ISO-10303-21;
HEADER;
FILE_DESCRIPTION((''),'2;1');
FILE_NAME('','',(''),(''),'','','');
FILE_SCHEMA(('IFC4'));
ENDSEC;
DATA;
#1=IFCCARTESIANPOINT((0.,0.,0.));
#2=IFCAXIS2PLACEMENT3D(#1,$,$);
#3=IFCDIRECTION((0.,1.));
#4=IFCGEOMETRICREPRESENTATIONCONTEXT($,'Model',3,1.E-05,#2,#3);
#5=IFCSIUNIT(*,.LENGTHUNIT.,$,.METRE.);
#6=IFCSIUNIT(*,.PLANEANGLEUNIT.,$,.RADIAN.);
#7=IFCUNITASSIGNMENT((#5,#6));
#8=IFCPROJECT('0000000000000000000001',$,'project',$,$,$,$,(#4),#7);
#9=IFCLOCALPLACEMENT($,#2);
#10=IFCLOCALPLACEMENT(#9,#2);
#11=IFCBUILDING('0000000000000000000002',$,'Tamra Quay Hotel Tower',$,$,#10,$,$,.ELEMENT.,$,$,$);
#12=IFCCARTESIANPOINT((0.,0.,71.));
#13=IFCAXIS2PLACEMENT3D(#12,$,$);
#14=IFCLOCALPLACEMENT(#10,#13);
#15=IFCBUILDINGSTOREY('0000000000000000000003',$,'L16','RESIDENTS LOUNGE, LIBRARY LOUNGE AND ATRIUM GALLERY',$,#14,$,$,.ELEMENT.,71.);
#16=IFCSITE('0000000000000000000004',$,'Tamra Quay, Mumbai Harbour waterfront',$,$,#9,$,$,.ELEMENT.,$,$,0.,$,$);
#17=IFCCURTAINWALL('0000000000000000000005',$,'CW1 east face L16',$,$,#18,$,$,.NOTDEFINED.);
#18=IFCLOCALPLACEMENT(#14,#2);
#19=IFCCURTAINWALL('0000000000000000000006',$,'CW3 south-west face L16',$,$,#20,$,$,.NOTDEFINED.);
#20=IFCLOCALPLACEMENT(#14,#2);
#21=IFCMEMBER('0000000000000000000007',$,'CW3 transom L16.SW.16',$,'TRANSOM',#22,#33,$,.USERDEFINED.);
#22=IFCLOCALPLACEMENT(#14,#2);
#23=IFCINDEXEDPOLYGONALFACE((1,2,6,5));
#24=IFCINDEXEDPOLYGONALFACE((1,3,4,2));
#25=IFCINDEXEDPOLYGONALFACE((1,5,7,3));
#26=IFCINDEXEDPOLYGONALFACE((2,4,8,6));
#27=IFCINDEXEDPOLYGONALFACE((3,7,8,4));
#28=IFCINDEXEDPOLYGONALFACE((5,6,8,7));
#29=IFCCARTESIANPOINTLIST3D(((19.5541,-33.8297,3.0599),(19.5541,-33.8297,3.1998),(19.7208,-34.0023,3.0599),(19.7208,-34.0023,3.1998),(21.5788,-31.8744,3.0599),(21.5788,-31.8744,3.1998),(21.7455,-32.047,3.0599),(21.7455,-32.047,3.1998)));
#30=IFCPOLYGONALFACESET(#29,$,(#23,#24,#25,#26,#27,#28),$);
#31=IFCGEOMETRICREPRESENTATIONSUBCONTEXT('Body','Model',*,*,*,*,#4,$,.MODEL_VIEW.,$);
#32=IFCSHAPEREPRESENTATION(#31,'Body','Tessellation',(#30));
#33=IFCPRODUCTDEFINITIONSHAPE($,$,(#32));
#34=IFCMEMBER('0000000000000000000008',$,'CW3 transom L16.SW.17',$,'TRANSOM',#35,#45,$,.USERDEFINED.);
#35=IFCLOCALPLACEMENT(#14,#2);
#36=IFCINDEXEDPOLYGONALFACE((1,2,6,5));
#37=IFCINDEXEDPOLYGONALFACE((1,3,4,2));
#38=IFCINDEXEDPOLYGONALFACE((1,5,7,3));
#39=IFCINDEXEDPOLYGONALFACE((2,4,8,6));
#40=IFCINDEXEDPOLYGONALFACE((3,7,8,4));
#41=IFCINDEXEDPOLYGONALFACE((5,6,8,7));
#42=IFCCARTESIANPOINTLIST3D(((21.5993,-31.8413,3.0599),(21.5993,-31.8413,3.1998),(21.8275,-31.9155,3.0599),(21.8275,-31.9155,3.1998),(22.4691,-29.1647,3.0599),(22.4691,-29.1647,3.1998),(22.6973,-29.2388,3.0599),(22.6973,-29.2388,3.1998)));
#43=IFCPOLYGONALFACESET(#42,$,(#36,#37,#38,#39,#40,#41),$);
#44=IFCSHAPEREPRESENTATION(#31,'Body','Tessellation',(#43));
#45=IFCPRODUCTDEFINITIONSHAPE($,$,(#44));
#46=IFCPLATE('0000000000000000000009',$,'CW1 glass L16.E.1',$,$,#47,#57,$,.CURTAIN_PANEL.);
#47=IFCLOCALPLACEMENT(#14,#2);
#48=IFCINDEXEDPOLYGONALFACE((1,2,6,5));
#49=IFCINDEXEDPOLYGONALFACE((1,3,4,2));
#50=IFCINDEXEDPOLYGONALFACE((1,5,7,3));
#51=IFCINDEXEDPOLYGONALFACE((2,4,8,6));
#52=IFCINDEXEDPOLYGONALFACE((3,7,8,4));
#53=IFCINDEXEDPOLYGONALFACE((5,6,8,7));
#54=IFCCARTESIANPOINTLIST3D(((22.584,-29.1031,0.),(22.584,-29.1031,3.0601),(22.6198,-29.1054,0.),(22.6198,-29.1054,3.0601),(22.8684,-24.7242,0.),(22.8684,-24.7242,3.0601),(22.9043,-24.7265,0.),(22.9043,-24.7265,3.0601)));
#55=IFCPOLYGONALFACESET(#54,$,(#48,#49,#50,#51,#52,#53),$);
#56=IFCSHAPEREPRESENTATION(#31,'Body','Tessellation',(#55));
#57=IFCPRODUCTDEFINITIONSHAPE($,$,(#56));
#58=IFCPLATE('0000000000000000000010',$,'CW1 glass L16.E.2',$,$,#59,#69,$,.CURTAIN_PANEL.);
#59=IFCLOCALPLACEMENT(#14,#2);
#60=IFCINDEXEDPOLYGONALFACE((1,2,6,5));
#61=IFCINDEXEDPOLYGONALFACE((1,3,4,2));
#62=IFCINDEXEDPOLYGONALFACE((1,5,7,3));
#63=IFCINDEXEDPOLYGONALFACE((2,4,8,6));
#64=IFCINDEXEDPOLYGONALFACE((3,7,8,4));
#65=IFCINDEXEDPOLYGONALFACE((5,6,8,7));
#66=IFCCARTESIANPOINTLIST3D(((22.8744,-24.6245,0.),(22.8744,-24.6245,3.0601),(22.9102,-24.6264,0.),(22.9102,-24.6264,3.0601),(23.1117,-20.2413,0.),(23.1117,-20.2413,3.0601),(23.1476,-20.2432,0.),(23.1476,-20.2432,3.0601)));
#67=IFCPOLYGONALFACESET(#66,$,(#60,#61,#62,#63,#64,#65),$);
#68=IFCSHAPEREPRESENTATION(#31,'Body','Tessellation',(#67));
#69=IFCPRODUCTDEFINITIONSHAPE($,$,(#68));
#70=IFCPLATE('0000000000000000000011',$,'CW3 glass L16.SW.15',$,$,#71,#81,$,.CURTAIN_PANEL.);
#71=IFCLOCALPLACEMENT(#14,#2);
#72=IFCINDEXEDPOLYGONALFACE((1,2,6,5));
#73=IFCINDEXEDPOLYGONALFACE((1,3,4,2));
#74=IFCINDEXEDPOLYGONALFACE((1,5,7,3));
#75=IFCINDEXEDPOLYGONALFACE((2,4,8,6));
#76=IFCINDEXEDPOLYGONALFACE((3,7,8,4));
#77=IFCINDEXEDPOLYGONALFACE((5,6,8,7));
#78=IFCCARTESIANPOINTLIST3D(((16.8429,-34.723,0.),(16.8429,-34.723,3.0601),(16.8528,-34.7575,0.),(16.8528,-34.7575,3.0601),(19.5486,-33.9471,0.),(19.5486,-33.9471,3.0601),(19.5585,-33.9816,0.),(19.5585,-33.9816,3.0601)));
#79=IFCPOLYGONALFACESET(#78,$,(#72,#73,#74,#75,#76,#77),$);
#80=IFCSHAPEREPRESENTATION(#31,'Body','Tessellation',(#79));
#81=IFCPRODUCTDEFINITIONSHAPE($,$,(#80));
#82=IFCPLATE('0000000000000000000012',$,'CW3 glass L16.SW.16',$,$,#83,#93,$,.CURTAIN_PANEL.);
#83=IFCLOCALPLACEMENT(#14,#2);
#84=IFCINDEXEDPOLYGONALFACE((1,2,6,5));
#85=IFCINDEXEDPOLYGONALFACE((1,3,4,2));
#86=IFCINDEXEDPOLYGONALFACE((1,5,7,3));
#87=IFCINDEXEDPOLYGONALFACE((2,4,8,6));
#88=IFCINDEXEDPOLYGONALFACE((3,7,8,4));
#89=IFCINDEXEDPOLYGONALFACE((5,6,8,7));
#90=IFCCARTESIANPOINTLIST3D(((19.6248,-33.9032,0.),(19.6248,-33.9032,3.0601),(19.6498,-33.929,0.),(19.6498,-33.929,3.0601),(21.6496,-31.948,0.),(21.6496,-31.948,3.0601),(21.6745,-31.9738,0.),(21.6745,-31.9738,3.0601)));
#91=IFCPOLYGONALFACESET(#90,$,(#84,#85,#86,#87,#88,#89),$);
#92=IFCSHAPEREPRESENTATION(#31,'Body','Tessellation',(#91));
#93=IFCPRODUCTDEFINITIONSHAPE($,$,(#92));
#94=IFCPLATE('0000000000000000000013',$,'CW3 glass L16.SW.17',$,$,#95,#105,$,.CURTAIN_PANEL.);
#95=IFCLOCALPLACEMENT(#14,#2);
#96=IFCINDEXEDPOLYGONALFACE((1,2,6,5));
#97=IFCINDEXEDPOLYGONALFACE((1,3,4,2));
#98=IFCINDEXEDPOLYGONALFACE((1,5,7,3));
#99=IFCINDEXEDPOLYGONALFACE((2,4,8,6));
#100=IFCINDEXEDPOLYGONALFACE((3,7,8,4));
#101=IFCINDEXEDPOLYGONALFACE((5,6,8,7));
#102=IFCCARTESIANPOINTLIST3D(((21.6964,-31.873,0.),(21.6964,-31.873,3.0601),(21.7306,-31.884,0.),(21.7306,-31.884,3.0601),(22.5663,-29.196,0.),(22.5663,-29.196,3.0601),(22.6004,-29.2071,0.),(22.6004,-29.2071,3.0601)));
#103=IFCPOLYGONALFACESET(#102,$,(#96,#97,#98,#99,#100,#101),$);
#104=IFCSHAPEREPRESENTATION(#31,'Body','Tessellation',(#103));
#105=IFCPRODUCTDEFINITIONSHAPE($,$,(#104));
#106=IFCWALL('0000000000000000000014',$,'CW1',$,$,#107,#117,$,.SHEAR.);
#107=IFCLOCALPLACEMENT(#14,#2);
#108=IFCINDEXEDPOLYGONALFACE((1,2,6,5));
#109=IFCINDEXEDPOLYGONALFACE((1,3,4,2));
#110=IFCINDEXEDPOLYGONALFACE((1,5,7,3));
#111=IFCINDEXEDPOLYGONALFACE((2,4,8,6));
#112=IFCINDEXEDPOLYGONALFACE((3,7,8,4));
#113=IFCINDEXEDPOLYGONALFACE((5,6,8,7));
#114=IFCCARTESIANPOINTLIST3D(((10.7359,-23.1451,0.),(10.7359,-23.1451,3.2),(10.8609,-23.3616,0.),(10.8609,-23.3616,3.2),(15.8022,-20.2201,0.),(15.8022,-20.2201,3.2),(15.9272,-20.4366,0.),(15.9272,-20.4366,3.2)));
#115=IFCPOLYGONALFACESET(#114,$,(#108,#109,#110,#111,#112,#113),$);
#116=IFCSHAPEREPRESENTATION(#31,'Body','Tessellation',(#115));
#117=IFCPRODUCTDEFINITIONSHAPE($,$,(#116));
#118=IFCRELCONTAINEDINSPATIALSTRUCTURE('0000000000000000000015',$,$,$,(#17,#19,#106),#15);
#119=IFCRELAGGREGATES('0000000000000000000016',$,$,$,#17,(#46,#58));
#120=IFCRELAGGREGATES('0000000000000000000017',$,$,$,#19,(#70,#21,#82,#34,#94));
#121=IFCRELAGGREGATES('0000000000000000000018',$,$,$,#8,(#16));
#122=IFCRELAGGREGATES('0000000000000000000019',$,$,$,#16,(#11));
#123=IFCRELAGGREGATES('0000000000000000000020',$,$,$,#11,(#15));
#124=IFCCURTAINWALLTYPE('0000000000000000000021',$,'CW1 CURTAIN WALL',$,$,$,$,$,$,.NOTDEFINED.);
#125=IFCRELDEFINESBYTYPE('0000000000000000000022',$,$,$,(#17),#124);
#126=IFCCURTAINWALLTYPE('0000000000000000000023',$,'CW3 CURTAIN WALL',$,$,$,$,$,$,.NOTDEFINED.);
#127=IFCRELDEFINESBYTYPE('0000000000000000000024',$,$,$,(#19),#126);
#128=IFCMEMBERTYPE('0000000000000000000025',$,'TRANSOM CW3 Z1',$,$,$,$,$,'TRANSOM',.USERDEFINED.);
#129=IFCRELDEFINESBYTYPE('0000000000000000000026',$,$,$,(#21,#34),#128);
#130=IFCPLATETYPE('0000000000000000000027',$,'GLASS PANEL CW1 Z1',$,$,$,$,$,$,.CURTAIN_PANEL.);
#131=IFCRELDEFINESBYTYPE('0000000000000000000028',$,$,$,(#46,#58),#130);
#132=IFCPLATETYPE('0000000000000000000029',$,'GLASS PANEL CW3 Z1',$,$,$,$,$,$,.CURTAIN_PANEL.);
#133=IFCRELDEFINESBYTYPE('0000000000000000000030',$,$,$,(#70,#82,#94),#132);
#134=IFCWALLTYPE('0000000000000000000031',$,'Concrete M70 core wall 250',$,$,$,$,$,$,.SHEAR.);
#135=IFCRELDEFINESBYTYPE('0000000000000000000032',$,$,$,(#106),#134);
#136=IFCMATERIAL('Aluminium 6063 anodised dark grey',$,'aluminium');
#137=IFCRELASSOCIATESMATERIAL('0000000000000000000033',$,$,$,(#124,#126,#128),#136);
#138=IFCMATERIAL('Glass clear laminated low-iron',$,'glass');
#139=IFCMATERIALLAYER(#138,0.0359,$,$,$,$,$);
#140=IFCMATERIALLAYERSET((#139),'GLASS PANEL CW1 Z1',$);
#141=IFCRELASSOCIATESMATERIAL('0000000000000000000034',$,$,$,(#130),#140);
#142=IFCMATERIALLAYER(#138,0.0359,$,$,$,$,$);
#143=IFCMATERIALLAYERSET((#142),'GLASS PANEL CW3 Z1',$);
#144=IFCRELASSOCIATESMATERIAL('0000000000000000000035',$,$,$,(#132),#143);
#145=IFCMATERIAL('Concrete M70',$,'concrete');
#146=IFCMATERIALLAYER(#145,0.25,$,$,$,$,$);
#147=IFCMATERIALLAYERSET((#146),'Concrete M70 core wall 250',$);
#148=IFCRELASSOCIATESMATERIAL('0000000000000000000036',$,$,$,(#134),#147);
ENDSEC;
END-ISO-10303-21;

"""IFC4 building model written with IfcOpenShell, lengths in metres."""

from ifc_helpers import new_model, si_unit, direction, frame, frame_2d, origin, origin_2d, place, context, subcontext, project, spatial, rectangle, extrude, material, layer, layer_set, material_profile, profile_set, type_object, element, aggregate, save


model = new_model("IFC4")

# Units and contexts
model_context = context("Model", 3, precision=1e-05, world=origin(), true_north=direction((0.0, 1.0)))
body_context = subcontext(model_context, "Body", "Model", "MODEL_VIEW")
ifc_project = project(units=[si_unit("LENGTHUNIT", "METRE"), si_unit("PLANEANGLEUNIT", "RADIAN")], contexts=[model_context])

# Site, building, storey
site_placement = place(None, origin())
site = spatial("IfcSite", under=ifc_project, at=site_placement, Name="Tamra Quay, Mumbai Harbour waterfront", CompositionType="ELEMENT", RefElevation=0.0)
building_placement = place(site_placement, origin())
building = spatial("IfcBuilding", under=site, at=building_placement, Name="Tamra Quay Hotel Tower", CompositionType="ELEMENT")
storey_placement = place(building_placement, frame((0.0, 0.0, 71.0)))
storey = spatial("IfcBuildingStorey", under=building, at=storey_placement, Name="L16", Description="RESIDENTS LOUNGE, LIBRARY LOUNGE AND ATRIUM GALLERY", CompositionType="ELEMENT", Elevation=71.0)

# Shared definitions
ifc_material_1 = material(Name="Concrete M70", Category="concrete")

# Curtain wall
ifc_material_2 = material(Name="Aluminium 6063 anodised dark grey", Category="aluminium")
curtain_wall_type_1 = type_object("IfcCurtainWallType", Name="CW1 CURTAIN WALL", PredefinedType="NOTDEFINED", material=ifc_material_2)
curtain_wall_1_placement = place(storey_placement, origin())
curtain_wall_1 = element("IfcCurtainWall", 1, at=curtain_wall_1_placement, inside=storey, type_object=curtain_wall_type_1, Name="CW1 east face L16", PredefinedType="NOTDEFINED")

# Curtain wall
curtain_wall_type_2 = type_object("IfcCurtainWallType", Name="CW3 CURTAIN WALL", PredefinedType="NOTDEFINED", material=ifc_material_2)
curtain_wall_2_placement = place(storey_placement, origin())
curtain_wall_2 = element("IfcCurtainWall", 2, at=curtain_wall_2_placement, inside=storey, type_object=curtain_wall_type_2, Name="CW3 south-west face L16", PredefinedType="NOTDEFINED")

# Members
ifc_material_profile_1 = material_profile(ifc_material_2, rectangle(XDim=0.24, YDim=0.1399, at=origin_2d()), Name="TRANSOM 240X140")
ifc_profile_set_1 = profile_set([ifc_material_profile_1], Name="Aluminium 6063 anodised dark grey")
member_type_1 = type_object("IfcMemberType", Name="TRANSOM CW3 Z1", ElementType="TRANSOM", PredefinedType="USERDEFINED", material=ifc_profile_set_1)
member_1_placement = place(storey_placement, frame((19.6375, -33.916, 3.1299), z_axis=(0.719316, 0.694683, 0.0), x_axis=(-0.694683, 0.719316, 0.0)))
member_1 = element("IfcMember", 3, at=member_1_placement, type_object=member_type_1, Name="CW3 transom L16.SW.16", ObjectType="TRANSOM", PredefinedType="USERDEFINED", context=body_context, shape_type="SweptSolid", body=[
    extrude(rectangle(XDim=0.24, YDim=0.1399, at=origin_2d()), origin(), (0.0, 0.0, 1.0), 2.8147),
])
member_2_placement = place(storey_placement, frame((21.7134, -31.8784, 3.1299), z_axis=(0.309063, 0.951042, 0.0), x_axis=(-0.951042, 0.309063, 0.0)))
member_2 = element("IfcMember", 4, at=member_2_placement, type_object=member_type_1, Name="CW3 transom L16.SW.17", ObjectType="TRANSOM", PredefinedType="USERDEFINED", context=body_context, shape_type="SweptSolid", body=[
    extrude(rectangle(XDim=0.24, YDim=0.1399, at=origin_2d()), origin(), (0.0, 0.0, 1.0), 2.8145),
])

# Plates
ifc_material_3 = material(Name="Glass clear laminated low-iron", Category="glass")
ifc_layer_1 = layer(ifc_material_3, 0.0359)
ifc_layer_set_1 = layer_set([ifc_layer_1], Name="GLASS PANEL CW1 Z1")
plate_type_1 = type_object("IfcPlateType", Name="GLASS PANEL CW1 Z1", PredefinedType="CURTAIN_PANEL", material=ifc_layer_set_1)
plate_1_placement = place(storey_placement, frame((22.7441, -26.9148, 0.0), z_axis=(0.0, 0.0, 1.0), x_axis=(0.064813, 0.997897, 0.0)))
plate_1 = element("IfcPlate", 5, at=plate_1_placement, type_object=plate_type_1, Name="CW1 glass L16.E.1", PredefinedType="CURTAIN_PANEL", context=body_context, shape_type="SweptSolid", body=[
    extrude(rectangle(XDim=4.3882, YDim=0.0359, at=origin_2d()), origin(), (0.0, 0.0, 1.0), 3.0601),
])
plate_2_placement = place(storey_placement, frame((23.011, -22.4338, 0.0), z_axis=(0.0, 0.0, 1.0), x_axis=(0.054062, 0.998538, 0.0)))
plate_2 = element("IfcPlate", 6, at=plate_2_placement, type_object=plate_type_1, Name="CW1 glass L16.E.2", PredefinedType="CURTAIN_PANEL", context=body_context, shape_type="SweptSolid", body=[
    extrude(rectangle(XDim=4.3896, YDim=0.0359, at=origin_2d()), origin(), (0.0, 0.0, 1.0), 3.0601),
])
aggregate(curtain_wall_1, [plate_1, plate_2])
ifc_layer_2 = layer(ifc_material_3, 0.0359)
ifc_layer_set_2 = layer_set([ifc_layer_2], Name="GLASS PANEL CW3 Z1")
plate_type_2 = type_object("IfcPlateType", Name="GLASS PANEL CW3 Z1", PredefinedType="CURTAIN_PANEL", material=ifc_layer_set_2)
plate_3_placement = place(storey_placement, frame((18.2007, -34.3523, 0.0), z_axis=(0.0, 0.0, 1.0), x_axis=(0.961259, 0.275645, 0.0)))
plate_3 = element("IfcPlate", 7, at=plate_3_placement, type_object=plate_type_2, Name="CW3 glass L16.SW.15", PredefinedType="CURTAIN_PANEL", context=body_context, shape_type="SweptSolid", body=[
    extrude(rectangle(XDim=2.8147, YDim=0.0359, at=origin_2d()), origin(), (0.0, 0.0, 1.0), 3.0601),
])
plate_4_placement = place(storey_placement, frame((20.6497, -32.9385, 0.0), z_axis=(0.0, 0.0, 1.0), x_axis=(0.719346, 0.694652, 0.0)))
plate_4 = element("IfcPlate", 8, at=plate_4_placement, type_object=plate_type_2, Name="CW3 glass L16.SW.16", PredefinedType="CURTAIN_PANEL", context=body_context, shape_type="SweptSolid", body=[
    extrude(rectangle(XDim=2.8147, YDim=0.0359, at=origin_2d()), origin(), (0.0, 0.0, 1.0), 3.0601),
])
plate_5_placement = place(storey_placement, frame((22.1484, -30.54, 0.0), z_axis=(0.0, 0.0, 1.0), x_axis=(0.309041, 0.951049, 0.0)))
plate_5 = element("IfcPlate", 9, at=plate_5_placement, type_object=plate_type_2, Name="CW3 glass L16.SW.17", PredefinedType="CURTAIN_PANEL", context=body_context, shape_type="SweptSolid", body=[
    extrude(rectangle(XDim=2.8147, YDim=0.0359, at=origin_2d()), origin(), (0.0, 0.0, 1.0), 3.0601),
])
aggregate(curtain_wall_2, [plate_3, member_1, plate_4, member_2, plate_5])

# Wall
ifc_layer_3 = layer(ifc_material_1, 0.25)
ifc_layer_set_3 = layer_set([ifc_layer_3], Name="Concrete M70 core wall 250")
wall_type = type_object("IfcWallType", Name="Concrete M70 core wall 250", PredefinedType="SHEAR", material=ifc_layer_set_3)
wall_placement = place(storey_placement, frame((15.8647, -20.3284, 0.0), z_axis=(0.0, 0.0, 1.0), x_axis=(-0.866029, -0.499995, 0.0)))
element("IfcWall", 10, at=wall_placement, inside=storey, type_object=wall_type, Name="CW1", PredefinedType="SHEAR", context=body_context, shape_type="SweptSolid", body=[
    extrude(rectangle(XDim=5.8501, YDim=0.25, at=frame_2d((2.925, 0.0))), origin(), (0.0, 0.0, 1.0), 3.2),
])

save(model, "model.ifc")
